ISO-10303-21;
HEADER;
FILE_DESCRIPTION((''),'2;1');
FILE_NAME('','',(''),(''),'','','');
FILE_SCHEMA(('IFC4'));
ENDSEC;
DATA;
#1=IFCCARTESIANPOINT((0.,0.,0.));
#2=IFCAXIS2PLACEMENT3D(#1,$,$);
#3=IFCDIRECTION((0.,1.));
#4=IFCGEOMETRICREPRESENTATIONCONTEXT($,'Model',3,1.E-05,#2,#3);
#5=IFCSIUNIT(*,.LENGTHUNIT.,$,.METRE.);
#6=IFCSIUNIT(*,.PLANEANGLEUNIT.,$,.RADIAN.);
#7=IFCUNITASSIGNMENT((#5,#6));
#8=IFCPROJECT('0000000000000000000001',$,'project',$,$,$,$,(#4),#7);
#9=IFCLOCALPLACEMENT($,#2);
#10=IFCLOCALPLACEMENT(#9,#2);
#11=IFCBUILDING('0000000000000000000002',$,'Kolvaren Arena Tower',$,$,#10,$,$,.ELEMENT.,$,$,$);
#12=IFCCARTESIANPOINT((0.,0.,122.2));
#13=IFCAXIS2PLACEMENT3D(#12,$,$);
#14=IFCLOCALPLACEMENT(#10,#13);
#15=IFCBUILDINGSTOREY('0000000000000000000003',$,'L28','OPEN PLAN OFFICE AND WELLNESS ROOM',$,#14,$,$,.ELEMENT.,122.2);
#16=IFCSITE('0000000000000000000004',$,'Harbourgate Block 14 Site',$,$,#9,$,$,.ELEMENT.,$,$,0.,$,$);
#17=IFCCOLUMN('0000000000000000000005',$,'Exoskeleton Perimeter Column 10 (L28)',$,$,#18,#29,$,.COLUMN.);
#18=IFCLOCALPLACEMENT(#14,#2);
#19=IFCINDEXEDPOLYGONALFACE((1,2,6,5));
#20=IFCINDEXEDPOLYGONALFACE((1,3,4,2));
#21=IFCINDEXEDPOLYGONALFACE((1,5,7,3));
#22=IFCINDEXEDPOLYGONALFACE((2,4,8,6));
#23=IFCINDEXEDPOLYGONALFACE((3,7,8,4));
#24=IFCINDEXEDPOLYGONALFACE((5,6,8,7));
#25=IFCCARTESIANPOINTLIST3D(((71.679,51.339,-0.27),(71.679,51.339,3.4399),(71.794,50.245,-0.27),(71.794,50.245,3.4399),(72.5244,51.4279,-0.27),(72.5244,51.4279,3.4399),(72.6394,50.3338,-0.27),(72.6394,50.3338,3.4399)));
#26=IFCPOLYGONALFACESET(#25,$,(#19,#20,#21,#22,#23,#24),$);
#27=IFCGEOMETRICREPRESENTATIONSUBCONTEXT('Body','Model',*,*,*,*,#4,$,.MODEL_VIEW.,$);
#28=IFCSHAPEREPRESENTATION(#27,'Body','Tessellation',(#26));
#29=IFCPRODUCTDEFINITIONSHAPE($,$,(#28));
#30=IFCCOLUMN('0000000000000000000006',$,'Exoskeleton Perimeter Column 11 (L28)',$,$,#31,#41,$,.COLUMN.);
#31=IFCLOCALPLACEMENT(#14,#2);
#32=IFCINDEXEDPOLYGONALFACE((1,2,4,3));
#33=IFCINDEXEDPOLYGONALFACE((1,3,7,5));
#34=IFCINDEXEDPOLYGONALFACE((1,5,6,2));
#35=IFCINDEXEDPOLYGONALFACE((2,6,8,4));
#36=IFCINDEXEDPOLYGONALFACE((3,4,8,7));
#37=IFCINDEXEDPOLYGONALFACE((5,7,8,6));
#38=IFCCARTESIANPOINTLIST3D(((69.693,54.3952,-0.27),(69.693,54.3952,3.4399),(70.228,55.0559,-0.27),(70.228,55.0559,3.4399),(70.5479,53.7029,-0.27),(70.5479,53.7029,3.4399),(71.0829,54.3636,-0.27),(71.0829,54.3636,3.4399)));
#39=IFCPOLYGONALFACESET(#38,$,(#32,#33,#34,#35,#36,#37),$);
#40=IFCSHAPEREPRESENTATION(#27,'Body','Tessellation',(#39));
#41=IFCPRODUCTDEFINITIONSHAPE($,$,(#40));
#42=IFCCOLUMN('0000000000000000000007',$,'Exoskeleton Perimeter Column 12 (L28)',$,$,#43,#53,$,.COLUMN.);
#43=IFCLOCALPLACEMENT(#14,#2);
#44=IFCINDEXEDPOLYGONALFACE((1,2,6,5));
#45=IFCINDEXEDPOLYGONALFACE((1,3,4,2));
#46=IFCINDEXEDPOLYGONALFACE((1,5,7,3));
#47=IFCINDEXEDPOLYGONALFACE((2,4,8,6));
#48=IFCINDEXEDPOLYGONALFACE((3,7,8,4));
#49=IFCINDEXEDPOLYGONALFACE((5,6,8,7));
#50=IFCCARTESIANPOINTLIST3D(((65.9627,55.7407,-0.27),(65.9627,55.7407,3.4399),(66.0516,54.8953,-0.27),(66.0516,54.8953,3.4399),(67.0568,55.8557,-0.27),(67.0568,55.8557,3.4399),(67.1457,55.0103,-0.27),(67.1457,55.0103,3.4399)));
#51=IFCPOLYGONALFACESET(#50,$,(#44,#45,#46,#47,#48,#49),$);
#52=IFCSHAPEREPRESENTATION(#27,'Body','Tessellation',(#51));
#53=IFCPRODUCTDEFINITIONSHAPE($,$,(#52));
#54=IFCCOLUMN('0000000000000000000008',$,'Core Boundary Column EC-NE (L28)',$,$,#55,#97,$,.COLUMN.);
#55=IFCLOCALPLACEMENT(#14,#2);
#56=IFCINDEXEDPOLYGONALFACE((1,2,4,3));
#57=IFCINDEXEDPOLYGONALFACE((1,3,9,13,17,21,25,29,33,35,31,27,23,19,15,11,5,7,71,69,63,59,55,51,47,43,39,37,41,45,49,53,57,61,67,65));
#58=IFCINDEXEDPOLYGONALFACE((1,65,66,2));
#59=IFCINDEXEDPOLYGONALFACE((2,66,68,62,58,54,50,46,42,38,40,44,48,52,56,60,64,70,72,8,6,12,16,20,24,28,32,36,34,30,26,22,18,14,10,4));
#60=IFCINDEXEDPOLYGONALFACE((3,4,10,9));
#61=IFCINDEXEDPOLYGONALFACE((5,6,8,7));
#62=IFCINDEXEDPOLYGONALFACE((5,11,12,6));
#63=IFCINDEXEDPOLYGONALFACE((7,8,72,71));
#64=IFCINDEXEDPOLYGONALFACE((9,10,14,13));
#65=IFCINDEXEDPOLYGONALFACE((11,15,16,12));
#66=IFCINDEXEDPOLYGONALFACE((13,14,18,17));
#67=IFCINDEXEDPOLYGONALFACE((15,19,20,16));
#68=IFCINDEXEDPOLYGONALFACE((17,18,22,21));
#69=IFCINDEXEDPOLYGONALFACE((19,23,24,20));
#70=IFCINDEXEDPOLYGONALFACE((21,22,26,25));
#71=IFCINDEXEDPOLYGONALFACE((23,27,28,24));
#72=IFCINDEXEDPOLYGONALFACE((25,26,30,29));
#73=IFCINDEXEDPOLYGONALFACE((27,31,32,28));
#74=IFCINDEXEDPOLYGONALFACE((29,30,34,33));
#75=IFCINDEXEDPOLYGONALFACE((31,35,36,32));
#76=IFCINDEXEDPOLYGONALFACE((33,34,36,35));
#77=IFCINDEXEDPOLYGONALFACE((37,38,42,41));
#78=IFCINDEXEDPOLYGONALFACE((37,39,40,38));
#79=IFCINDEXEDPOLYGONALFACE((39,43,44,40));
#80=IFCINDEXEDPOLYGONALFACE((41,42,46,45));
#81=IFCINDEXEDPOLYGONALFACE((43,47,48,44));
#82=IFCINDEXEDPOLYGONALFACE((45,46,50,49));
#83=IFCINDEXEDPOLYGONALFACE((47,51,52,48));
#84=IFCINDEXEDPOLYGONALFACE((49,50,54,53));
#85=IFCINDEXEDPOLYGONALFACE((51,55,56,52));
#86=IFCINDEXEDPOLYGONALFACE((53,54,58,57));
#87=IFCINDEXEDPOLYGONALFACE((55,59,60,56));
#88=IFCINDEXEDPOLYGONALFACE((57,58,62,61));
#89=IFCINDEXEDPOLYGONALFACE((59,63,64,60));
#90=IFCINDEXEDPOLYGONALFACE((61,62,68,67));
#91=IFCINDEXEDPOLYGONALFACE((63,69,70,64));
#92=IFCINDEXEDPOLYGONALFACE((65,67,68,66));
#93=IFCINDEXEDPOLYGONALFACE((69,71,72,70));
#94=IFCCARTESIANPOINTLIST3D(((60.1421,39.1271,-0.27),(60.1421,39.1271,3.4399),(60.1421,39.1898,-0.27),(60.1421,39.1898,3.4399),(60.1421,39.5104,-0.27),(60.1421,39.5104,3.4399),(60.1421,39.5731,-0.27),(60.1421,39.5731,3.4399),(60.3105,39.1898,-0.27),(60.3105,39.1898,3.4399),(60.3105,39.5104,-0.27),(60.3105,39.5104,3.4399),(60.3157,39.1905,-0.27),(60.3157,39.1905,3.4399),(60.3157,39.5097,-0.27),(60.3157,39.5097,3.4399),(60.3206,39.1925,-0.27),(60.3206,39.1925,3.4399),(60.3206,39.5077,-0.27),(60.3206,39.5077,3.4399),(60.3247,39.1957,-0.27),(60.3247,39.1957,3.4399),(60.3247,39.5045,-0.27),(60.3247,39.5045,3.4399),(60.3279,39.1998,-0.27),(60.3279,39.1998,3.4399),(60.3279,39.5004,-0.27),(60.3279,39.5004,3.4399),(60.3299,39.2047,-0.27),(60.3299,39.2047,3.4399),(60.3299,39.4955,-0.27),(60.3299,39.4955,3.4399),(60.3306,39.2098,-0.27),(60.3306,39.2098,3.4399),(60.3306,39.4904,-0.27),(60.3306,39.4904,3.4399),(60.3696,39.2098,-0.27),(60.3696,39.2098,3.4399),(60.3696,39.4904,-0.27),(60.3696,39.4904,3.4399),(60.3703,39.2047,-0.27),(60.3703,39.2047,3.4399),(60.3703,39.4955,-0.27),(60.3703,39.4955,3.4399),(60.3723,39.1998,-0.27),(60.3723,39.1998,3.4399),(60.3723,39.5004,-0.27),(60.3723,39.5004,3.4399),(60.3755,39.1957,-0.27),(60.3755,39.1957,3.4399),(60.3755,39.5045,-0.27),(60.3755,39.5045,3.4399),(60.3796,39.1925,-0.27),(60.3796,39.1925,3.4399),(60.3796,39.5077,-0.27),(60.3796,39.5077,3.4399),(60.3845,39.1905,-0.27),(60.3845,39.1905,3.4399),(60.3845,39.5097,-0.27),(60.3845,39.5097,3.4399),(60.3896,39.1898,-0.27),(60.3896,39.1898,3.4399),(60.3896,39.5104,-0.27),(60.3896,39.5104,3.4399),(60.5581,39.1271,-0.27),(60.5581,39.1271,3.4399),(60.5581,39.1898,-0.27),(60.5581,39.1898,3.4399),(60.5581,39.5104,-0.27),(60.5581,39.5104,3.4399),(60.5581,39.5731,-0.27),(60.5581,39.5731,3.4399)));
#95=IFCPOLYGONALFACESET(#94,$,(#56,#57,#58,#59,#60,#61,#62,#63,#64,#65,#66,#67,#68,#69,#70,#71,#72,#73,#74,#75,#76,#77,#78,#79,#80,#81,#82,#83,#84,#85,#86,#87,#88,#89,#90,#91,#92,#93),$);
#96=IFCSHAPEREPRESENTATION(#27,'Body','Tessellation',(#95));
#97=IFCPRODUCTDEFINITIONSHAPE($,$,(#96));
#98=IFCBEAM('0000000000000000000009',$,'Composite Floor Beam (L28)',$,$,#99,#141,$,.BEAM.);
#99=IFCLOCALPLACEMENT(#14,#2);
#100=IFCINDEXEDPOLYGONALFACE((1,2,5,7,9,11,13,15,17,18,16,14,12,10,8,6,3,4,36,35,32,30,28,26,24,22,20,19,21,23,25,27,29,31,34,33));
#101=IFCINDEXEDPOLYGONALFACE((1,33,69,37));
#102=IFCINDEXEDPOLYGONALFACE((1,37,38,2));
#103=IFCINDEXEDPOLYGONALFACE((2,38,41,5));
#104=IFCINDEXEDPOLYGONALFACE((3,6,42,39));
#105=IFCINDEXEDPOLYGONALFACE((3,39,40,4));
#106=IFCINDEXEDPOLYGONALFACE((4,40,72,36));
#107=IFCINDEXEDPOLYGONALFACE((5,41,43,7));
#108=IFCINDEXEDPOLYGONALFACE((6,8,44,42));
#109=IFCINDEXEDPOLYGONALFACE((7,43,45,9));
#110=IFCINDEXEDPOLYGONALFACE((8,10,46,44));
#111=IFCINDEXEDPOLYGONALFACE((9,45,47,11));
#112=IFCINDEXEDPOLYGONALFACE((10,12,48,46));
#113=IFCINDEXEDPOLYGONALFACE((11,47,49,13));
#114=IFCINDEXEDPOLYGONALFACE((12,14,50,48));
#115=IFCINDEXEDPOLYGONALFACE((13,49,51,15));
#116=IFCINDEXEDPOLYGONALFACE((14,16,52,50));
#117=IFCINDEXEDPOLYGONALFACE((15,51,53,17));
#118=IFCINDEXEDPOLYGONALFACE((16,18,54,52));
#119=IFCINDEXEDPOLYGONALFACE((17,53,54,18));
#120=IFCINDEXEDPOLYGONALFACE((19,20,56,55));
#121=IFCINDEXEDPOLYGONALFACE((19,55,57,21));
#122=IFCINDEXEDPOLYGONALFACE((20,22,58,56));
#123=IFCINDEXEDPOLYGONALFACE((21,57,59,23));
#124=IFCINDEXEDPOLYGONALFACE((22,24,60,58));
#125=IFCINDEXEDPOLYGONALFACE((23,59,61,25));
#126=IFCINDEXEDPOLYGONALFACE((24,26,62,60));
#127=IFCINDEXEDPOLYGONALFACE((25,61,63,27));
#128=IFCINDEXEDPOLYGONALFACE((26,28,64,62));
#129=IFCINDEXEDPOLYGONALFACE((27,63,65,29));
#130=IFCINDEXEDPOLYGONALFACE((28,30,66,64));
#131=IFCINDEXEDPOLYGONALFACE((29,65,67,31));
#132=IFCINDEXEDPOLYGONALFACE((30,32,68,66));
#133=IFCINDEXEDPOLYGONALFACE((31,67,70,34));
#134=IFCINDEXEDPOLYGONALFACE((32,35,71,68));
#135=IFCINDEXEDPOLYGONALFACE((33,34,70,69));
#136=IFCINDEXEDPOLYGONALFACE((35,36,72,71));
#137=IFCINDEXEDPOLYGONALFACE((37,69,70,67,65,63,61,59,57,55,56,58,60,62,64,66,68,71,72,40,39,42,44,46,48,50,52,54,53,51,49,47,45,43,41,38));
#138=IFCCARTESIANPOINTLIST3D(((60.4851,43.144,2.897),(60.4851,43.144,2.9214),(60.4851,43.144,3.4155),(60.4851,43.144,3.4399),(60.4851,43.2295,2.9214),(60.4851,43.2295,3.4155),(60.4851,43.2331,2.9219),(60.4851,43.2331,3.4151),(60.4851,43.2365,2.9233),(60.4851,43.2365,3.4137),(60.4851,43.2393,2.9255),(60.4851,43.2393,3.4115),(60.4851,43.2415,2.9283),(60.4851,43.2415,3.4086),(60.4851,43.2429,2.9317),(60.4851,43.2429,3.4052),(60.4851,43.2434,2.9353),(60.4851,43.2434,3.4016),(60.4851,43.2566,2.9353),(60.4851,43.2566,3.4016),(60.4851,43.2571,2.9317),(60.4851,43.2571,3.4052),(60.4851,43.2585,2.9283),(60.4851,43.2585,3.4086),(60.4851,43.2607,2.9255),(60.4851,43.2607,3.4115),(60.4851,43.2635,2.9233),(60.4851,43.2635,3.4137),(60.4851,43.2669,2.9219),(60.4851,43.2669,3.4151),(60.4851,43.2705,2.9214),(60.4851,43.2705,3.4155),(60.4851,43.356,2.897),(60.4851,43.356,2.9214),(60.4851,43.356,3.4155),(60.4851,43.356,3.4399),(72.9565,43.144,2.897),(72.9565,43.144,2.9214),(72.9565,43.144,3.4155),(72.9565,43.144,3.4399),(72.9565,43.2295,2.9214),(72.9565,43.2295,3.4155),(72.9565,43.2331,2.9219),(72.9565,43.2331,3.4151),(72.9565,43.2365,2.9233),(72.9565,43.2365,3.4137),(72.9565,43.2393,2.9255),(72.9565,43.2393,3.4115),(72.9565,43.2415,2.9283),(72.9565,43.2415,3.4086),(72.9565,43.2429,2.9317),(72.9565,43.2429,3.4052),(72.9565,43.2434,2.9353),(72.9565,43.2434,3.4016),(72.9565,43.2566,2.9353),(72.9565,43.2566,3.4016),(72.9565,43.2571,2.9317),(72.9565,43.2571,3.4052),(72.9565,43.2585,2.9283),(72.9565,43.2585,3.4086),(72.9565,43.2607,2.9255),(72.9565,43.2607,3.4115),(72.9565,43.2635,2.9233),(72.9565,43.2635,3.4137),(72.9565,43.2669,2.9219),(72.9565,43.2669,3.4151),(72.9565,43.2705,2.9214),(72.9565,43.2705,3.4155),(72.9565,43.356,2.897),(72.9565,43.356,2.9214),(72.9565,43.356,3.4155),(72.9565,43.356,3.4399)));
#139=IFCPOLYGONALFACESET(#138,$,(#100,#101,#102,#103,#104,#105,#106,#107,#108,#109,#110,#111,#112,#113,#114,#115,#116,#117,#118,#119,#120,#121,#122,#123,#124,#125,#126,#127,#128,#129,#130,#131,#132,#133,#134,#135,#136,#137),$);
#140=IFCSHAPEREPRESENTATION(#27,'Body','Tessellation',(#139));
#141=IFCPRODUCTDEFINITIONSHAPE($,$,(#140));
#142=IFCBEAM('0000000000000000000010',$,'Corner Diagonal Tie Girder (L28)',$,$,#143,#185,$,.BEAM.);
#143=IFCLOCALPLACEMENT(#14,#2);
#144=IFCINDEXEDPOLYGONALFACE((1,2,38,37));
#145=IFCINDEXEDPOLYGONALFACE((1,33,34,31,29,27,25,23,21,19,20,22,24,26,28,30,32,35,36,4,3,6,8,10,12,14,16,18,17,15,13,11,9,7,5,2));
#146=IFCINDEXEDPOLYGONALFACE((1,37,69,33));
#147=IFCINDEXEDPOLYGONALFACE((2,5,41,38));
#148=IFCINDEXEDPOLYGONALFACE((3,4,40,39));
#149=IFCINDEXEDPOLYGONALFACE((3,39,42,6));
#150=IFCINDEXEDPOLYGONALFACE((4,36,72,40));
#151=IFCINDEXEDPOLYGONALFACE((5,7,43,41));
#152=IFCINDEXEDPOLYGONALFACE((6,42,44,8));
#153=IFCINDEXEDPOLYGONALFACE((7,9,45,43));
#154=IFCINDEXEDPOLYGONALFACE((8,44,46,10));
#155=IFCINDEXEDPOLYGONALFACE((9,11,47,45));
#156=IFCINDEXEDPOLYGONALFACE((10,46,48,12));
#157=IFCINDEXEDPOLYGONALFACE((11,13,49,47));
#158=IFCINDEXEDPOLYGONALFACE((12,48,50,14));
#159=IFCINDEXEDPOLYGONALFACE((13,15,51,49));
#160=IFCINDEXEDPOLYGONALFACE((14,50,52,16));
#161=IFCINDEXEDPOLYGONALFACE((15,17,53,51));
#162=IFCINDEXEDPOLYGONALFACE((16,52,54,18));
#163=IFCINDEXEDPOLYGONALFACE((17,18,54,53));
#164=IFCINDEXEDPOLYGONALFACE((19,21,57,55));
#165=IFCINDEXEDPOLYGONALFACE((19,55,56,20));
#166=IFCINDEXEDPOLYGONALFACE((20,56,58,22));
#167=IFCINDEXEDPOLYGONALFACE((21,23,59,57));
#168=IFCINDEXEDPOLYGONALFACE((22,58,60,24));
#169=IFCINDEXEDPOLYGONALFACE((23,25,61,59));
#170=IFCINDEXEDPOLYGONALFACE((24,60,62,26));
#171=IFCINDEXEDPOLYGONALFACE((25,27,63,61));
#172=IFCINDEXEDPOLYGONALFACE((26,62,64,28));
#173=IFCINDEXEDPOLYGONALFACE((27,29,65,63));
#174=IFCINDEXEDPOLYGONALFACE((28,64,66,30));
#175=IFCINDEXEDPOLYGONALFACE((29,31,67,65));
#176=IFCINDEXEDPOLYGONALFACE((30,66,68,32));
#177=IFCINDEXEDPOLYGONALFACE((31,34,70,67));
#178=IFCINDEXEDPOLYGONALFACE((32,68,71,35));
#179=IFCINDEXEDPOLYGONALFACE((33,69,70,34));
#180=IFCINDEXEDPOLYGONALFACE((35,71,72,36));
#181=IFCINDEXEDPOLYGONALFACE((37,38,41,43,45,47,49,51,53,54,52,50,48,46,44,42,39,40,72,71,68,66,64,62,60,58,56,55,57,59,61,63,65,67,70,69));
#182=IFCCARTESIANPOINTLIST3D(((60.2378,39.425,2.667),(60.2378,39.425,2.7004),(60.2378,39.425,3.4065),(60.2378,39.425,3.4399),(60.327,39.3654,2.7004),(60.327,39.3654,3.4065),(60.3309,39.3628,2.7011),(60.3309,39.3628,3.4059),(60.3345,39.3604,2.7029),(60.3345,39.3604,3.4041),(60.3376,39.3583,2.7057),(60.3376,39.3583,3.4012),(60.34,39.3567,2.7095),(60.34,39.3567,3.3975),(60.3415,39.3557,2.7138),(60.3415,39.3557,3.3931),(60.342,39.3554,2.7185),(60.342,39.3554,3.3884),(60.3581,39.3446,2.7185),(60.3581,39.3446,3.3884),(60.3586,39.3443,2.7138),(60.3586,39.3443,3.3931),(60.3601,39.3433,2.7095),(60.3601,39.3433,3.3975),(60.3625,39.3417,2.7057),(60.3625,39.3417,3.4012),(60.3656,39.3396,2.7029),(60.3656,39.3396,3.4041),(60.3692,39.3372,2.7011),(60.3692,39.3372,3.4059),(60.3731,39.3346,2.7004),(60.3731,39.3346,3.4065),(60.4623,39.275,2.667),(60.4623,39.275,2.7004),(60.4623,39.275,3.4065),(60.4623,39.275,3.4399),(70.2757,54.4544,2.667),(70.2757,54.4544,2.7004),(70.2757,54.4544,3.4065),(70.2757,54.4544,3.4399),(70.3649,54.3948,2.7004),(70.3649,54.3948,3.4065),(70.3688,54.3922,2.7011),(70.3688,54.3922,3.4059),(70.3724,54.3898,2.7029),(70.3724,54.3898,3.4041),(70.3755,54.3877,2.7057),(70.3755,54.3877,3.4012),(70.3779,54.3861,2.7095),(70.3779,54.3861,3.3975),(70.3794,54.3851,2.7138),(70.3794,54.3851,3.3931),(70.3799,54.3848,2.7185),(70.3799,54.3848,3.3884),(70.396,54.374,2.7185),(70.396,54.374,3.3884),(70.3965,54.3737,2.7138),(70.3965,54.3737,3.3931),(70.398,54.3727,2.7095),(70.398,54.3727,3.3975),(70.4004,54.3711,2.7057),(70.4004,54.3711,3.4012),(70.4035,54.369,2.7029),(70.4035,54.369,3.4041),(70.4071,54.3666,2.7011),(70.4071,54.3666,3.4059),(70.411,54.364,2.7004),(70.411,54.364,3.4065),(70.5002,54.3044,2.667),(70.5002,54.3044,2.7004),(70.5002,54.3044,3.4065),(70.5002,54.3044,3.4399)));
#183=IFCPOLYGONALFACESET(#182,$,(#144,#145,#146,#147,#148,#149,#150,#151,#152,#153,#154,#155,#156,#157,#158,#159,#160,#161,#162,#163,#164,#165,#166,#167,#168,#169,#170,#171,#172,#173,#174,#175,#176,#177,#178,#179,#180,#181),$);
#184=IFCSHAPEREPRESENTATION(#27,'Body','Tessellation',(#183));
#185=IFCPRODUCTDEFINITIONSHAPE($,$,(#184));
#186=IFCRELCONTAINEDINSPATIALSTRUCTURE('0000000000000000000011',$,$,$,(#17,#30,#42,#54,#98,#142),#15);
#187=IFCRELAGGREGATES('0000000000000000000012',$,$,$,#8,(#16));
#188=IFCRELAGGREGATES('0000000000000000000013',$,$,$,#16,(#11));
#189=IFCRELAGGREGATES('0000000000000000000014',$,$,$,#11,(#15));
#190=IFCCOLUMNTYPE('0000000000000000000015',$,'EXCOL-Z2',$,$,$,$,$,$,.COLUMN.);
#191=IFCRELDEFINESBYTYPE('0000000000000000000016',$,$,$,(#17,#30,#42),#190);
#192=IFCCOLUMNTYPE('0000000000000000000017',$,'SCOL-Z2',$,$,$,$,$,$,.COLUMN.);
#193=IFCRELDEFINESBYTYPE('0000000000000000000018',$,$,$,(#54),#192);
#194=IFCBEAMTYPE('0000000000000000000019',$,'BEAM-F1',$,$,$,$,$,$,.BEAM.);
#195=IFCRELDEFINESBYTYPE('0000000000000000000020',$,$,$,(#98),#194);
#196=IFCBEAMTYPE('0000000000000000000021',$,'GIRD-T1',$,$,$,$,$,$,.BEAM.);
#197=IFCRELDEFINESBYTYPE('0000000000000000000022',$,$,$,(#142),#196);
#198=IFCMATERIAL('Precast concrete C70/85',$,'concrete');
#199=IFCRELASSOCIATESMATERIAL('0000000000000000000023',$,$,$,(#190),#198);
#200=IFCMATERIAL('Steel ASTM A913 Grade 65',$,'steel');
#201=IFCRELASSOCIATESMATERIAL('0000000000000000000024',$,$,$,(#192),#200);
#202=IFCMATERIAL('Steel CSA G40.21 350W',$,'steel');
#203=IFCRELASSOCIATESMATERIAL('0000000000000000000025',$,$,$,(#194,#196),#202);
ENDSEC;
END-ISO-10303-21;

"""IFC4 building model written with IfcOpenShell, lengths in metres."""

from ifc_helpers import new_model, si_unit, direction, frame, origin, origin_2d, place, context, subcontext, project, spatial, rectangle, i_section, extrude, material, material_profile, profile_set, type_object, element, save


model = new_model("IFC4")

# Units and contexts
model_context = context("Model", 3, precision=1e-05, world=origin(), true_north=direction((0.0, 1.0)))
body_context = subcontext(model_context, "Body", "Model", "MODEL_VIEW")
ifc_project = project(units=[si_unit("LENGTHUNIT", "METRE"), si_unit("PLANEANGLEUNIT", "RADIAN")], contexts=[model_context])

# Site, building, storey
site_placement = place(None, origin())
site = spatial("IfcSite", under=ifc_project, at=site_placement, Name="Harbourgate Block 14 Site", CompositionType="ELEMENT", RefElevation=0.0)
building_placement = place(site_placement, origin())
building = spatial("IfcBuilding", under=site, at=building_placement, Name="Kolvaren Arena Tower", CompositionType="ELEMENT")
storey_placement = place(building_placement, frame((0.0, 0.0, 122.2)))
storey = spatial("IfcBuildingStorey", under=building, at=storey_placement, Name="L28", Description="OPEN PLAN OFFICE AND WELLNESS ROOM", CompositionType="ELEMENT", Elevation=122.2)

# Columns
ifc_material_1 = material(Name="Precast concrete C70/85", Category="concrete")
ifc_material_profile_1 = material_profile(ifc_material_1, rectangle(XDim=1.1001, YDim=0.8501, at=origin_2d()), Name="RC-1100x850")
ifc_profile_set_1 = profile_set([ifc_material_profile_1], Name="Precast concrete C70/85")
column_type_1 = type_object("IfcColumnType", Name="EXCOL-Z2", PredefinedType="COLUMN", material=ifc_profile_set_1)
for number, where, z_axis, x_axis, name in (
    (1, (72.1592, 50.8364, -0.27), (0.0, 0.0, 1.0), (-0.104528, 0.994522, 0.0), "Exoskeleton Perimeter Column 10 (L28)"),
    (2, (70.3879, 54.3794, -0.27), (0.0, 0.0, 1.0), (-0.777146, 0.62932, 0.0), "Exoskeleton Perimeter Column 11 (L28)"),
    (3, (66.5542, 55.3755, -0.27), (0.0, 0.0, 1.0), (0.994522, 0.104528, 0.0), "Exoskeleton Perimeter Column 12 (L28)"),
):
    element("IfcColumn", number, at=place(storey_placement, frame(where, z_axis=z_axis, x_axis=x_axis)), inside=storey, type_object=column_type_1, Name=name, PredefinedType="COLUMN", context=body_context, shape_type="SweptSolid", body=[
        extrude(rectangle(XDim=1.1001, YDim=0.8501, at=origin_2d()), origin(), (0.0, 0.0, 1.0), 3.71),
    ])
ifc_material_2 = material(Name="Steel ASTM A913 Grade 65", Category="steel")
ifc_material_profile_2 = material_profile(ifc_material_2, i_section(OverallWidth=0.416, OverallDepth=0.446, WebThickness=0.0391, FlangeThickness=0.0627, FilletRadius=0.02, at=origin_2d()), Name="W360x509")
ifc_profile_set_2 = profile_set([ifc_material_profile_2], Name="Steel ASTM A913 Grade 65")
column_type_2 = type_object("IfcColumnType", Name="SCOL-Z2", PredefinedType="COLUMN", material=ifc_profile_set_2)
column_placement = place(storey_placement, frame((60.3501, 39.3501, -0.27), z_axis=(0.0, 0.0, 1.0), x_axis=(1.0, 0.0, 0.0)))
element("IfcColumn", 4, at=column_placement, inside=storey, type_object=column_type_2, Name="Core Boundary Column EC-NE (L28)", PredefinedType="COLUMN", context=body_context, shape_type="SweptSolid", body=[
    extrude(i_section(OverallWidth=0.416, OverallDepth=0.446, WebThickness=0.0391, FlangeThickness=0.0627, FilletRadius=0.02, at=origin_2d()), origin(), (0.0, 0.0, 1.0), 3.71),
])

# Beams
ifc_material_3 = material(Name="Steel CSA G40.21 350W", Category="steel")
ifc_material_profile_3 = material_profile(ifc_material_3, i_section(OverallWidth=0.2119, OverallDepth=0.543, WebThickness=0.0132, FlangeThickness=0.0244, FilletRadius=0.0139, at=origin_2d()), Name="W530x150")
ifc_profile_set_3 = profile_set([ifc_material_profile_3], Name="Steel CSA G40.21 350W")
beam_type_1 = type_object("IfcBeamType", Name="BEAM-F1", PredefinedType="BEAM", material=ifc_profile_set_3)
beam_1_placement = place(storey_placement, frame((60.4851, 43.25, 3.1685), z_axis=(1.0, 0.0, 0.0), x_axis=(0.0, 1.0, 0.0)))
element("IfcBeam", 5, at=beam_1_placement, inside=storey, type_object=beam_type_1, Name="Composite Floor Beam (L28)", PredefinedType="BEAM", context=body_context, shape_type="SweptSolid", body=[
    extrude(i_section(OverallWidth=0.2119, OverallDepth=0.543, WebThickness=0.0132, FlangeThickness=0.0244, FilletRadius=0.0139, at=origin_2d()), origin(), (0.0, 0.0, 1.0), 12.4714),
])
ifc_material_profile_4 = material_profile(ifc_material_3, i_section(OverallWidth=0.27, OverallDepth=0.7729, WebThickness=0.0193, FlangeThickness=0.0334, FilletRadius=0.0181, at=origin_2d()), Name="W760x257")
ifc_profile_set_4 = profile_set([ifc_material_profile_4], Name="Steel CSA G40.21 350W")
beam_type_2 = type_object("IfcBeamType", Name="GIRD-T1", PredefinedType="BEAM", material=ifc_profile_set_4)
beam_2_placement = place(storey_placement, frame((70.3879, 54.3794, 3.0535), z_axis=(-0.555401, -0.831582, 0.0), x_axis=(0.831582, -0.555401, 0.0)))
element("IfcBeam", 6, at=beam_2_placement, inside=storey, type_object=beam_type_2, Name="Corner Diagonal Tie Girder (L28)", PredefinedType="BEAM", context=body_context, shape_type="SweptSolid", body=[
    extrude(i_section(OverallWidth=0.27, OverallDepth=0.7729, WebThickness=0.0193, FlangeThickness=0.0334, FilletRadius=0.0181, at=origin_2d()), origin(), (0.0, 0.0, 1.0), 18.0732),
])

save(model, "model.ifc")
